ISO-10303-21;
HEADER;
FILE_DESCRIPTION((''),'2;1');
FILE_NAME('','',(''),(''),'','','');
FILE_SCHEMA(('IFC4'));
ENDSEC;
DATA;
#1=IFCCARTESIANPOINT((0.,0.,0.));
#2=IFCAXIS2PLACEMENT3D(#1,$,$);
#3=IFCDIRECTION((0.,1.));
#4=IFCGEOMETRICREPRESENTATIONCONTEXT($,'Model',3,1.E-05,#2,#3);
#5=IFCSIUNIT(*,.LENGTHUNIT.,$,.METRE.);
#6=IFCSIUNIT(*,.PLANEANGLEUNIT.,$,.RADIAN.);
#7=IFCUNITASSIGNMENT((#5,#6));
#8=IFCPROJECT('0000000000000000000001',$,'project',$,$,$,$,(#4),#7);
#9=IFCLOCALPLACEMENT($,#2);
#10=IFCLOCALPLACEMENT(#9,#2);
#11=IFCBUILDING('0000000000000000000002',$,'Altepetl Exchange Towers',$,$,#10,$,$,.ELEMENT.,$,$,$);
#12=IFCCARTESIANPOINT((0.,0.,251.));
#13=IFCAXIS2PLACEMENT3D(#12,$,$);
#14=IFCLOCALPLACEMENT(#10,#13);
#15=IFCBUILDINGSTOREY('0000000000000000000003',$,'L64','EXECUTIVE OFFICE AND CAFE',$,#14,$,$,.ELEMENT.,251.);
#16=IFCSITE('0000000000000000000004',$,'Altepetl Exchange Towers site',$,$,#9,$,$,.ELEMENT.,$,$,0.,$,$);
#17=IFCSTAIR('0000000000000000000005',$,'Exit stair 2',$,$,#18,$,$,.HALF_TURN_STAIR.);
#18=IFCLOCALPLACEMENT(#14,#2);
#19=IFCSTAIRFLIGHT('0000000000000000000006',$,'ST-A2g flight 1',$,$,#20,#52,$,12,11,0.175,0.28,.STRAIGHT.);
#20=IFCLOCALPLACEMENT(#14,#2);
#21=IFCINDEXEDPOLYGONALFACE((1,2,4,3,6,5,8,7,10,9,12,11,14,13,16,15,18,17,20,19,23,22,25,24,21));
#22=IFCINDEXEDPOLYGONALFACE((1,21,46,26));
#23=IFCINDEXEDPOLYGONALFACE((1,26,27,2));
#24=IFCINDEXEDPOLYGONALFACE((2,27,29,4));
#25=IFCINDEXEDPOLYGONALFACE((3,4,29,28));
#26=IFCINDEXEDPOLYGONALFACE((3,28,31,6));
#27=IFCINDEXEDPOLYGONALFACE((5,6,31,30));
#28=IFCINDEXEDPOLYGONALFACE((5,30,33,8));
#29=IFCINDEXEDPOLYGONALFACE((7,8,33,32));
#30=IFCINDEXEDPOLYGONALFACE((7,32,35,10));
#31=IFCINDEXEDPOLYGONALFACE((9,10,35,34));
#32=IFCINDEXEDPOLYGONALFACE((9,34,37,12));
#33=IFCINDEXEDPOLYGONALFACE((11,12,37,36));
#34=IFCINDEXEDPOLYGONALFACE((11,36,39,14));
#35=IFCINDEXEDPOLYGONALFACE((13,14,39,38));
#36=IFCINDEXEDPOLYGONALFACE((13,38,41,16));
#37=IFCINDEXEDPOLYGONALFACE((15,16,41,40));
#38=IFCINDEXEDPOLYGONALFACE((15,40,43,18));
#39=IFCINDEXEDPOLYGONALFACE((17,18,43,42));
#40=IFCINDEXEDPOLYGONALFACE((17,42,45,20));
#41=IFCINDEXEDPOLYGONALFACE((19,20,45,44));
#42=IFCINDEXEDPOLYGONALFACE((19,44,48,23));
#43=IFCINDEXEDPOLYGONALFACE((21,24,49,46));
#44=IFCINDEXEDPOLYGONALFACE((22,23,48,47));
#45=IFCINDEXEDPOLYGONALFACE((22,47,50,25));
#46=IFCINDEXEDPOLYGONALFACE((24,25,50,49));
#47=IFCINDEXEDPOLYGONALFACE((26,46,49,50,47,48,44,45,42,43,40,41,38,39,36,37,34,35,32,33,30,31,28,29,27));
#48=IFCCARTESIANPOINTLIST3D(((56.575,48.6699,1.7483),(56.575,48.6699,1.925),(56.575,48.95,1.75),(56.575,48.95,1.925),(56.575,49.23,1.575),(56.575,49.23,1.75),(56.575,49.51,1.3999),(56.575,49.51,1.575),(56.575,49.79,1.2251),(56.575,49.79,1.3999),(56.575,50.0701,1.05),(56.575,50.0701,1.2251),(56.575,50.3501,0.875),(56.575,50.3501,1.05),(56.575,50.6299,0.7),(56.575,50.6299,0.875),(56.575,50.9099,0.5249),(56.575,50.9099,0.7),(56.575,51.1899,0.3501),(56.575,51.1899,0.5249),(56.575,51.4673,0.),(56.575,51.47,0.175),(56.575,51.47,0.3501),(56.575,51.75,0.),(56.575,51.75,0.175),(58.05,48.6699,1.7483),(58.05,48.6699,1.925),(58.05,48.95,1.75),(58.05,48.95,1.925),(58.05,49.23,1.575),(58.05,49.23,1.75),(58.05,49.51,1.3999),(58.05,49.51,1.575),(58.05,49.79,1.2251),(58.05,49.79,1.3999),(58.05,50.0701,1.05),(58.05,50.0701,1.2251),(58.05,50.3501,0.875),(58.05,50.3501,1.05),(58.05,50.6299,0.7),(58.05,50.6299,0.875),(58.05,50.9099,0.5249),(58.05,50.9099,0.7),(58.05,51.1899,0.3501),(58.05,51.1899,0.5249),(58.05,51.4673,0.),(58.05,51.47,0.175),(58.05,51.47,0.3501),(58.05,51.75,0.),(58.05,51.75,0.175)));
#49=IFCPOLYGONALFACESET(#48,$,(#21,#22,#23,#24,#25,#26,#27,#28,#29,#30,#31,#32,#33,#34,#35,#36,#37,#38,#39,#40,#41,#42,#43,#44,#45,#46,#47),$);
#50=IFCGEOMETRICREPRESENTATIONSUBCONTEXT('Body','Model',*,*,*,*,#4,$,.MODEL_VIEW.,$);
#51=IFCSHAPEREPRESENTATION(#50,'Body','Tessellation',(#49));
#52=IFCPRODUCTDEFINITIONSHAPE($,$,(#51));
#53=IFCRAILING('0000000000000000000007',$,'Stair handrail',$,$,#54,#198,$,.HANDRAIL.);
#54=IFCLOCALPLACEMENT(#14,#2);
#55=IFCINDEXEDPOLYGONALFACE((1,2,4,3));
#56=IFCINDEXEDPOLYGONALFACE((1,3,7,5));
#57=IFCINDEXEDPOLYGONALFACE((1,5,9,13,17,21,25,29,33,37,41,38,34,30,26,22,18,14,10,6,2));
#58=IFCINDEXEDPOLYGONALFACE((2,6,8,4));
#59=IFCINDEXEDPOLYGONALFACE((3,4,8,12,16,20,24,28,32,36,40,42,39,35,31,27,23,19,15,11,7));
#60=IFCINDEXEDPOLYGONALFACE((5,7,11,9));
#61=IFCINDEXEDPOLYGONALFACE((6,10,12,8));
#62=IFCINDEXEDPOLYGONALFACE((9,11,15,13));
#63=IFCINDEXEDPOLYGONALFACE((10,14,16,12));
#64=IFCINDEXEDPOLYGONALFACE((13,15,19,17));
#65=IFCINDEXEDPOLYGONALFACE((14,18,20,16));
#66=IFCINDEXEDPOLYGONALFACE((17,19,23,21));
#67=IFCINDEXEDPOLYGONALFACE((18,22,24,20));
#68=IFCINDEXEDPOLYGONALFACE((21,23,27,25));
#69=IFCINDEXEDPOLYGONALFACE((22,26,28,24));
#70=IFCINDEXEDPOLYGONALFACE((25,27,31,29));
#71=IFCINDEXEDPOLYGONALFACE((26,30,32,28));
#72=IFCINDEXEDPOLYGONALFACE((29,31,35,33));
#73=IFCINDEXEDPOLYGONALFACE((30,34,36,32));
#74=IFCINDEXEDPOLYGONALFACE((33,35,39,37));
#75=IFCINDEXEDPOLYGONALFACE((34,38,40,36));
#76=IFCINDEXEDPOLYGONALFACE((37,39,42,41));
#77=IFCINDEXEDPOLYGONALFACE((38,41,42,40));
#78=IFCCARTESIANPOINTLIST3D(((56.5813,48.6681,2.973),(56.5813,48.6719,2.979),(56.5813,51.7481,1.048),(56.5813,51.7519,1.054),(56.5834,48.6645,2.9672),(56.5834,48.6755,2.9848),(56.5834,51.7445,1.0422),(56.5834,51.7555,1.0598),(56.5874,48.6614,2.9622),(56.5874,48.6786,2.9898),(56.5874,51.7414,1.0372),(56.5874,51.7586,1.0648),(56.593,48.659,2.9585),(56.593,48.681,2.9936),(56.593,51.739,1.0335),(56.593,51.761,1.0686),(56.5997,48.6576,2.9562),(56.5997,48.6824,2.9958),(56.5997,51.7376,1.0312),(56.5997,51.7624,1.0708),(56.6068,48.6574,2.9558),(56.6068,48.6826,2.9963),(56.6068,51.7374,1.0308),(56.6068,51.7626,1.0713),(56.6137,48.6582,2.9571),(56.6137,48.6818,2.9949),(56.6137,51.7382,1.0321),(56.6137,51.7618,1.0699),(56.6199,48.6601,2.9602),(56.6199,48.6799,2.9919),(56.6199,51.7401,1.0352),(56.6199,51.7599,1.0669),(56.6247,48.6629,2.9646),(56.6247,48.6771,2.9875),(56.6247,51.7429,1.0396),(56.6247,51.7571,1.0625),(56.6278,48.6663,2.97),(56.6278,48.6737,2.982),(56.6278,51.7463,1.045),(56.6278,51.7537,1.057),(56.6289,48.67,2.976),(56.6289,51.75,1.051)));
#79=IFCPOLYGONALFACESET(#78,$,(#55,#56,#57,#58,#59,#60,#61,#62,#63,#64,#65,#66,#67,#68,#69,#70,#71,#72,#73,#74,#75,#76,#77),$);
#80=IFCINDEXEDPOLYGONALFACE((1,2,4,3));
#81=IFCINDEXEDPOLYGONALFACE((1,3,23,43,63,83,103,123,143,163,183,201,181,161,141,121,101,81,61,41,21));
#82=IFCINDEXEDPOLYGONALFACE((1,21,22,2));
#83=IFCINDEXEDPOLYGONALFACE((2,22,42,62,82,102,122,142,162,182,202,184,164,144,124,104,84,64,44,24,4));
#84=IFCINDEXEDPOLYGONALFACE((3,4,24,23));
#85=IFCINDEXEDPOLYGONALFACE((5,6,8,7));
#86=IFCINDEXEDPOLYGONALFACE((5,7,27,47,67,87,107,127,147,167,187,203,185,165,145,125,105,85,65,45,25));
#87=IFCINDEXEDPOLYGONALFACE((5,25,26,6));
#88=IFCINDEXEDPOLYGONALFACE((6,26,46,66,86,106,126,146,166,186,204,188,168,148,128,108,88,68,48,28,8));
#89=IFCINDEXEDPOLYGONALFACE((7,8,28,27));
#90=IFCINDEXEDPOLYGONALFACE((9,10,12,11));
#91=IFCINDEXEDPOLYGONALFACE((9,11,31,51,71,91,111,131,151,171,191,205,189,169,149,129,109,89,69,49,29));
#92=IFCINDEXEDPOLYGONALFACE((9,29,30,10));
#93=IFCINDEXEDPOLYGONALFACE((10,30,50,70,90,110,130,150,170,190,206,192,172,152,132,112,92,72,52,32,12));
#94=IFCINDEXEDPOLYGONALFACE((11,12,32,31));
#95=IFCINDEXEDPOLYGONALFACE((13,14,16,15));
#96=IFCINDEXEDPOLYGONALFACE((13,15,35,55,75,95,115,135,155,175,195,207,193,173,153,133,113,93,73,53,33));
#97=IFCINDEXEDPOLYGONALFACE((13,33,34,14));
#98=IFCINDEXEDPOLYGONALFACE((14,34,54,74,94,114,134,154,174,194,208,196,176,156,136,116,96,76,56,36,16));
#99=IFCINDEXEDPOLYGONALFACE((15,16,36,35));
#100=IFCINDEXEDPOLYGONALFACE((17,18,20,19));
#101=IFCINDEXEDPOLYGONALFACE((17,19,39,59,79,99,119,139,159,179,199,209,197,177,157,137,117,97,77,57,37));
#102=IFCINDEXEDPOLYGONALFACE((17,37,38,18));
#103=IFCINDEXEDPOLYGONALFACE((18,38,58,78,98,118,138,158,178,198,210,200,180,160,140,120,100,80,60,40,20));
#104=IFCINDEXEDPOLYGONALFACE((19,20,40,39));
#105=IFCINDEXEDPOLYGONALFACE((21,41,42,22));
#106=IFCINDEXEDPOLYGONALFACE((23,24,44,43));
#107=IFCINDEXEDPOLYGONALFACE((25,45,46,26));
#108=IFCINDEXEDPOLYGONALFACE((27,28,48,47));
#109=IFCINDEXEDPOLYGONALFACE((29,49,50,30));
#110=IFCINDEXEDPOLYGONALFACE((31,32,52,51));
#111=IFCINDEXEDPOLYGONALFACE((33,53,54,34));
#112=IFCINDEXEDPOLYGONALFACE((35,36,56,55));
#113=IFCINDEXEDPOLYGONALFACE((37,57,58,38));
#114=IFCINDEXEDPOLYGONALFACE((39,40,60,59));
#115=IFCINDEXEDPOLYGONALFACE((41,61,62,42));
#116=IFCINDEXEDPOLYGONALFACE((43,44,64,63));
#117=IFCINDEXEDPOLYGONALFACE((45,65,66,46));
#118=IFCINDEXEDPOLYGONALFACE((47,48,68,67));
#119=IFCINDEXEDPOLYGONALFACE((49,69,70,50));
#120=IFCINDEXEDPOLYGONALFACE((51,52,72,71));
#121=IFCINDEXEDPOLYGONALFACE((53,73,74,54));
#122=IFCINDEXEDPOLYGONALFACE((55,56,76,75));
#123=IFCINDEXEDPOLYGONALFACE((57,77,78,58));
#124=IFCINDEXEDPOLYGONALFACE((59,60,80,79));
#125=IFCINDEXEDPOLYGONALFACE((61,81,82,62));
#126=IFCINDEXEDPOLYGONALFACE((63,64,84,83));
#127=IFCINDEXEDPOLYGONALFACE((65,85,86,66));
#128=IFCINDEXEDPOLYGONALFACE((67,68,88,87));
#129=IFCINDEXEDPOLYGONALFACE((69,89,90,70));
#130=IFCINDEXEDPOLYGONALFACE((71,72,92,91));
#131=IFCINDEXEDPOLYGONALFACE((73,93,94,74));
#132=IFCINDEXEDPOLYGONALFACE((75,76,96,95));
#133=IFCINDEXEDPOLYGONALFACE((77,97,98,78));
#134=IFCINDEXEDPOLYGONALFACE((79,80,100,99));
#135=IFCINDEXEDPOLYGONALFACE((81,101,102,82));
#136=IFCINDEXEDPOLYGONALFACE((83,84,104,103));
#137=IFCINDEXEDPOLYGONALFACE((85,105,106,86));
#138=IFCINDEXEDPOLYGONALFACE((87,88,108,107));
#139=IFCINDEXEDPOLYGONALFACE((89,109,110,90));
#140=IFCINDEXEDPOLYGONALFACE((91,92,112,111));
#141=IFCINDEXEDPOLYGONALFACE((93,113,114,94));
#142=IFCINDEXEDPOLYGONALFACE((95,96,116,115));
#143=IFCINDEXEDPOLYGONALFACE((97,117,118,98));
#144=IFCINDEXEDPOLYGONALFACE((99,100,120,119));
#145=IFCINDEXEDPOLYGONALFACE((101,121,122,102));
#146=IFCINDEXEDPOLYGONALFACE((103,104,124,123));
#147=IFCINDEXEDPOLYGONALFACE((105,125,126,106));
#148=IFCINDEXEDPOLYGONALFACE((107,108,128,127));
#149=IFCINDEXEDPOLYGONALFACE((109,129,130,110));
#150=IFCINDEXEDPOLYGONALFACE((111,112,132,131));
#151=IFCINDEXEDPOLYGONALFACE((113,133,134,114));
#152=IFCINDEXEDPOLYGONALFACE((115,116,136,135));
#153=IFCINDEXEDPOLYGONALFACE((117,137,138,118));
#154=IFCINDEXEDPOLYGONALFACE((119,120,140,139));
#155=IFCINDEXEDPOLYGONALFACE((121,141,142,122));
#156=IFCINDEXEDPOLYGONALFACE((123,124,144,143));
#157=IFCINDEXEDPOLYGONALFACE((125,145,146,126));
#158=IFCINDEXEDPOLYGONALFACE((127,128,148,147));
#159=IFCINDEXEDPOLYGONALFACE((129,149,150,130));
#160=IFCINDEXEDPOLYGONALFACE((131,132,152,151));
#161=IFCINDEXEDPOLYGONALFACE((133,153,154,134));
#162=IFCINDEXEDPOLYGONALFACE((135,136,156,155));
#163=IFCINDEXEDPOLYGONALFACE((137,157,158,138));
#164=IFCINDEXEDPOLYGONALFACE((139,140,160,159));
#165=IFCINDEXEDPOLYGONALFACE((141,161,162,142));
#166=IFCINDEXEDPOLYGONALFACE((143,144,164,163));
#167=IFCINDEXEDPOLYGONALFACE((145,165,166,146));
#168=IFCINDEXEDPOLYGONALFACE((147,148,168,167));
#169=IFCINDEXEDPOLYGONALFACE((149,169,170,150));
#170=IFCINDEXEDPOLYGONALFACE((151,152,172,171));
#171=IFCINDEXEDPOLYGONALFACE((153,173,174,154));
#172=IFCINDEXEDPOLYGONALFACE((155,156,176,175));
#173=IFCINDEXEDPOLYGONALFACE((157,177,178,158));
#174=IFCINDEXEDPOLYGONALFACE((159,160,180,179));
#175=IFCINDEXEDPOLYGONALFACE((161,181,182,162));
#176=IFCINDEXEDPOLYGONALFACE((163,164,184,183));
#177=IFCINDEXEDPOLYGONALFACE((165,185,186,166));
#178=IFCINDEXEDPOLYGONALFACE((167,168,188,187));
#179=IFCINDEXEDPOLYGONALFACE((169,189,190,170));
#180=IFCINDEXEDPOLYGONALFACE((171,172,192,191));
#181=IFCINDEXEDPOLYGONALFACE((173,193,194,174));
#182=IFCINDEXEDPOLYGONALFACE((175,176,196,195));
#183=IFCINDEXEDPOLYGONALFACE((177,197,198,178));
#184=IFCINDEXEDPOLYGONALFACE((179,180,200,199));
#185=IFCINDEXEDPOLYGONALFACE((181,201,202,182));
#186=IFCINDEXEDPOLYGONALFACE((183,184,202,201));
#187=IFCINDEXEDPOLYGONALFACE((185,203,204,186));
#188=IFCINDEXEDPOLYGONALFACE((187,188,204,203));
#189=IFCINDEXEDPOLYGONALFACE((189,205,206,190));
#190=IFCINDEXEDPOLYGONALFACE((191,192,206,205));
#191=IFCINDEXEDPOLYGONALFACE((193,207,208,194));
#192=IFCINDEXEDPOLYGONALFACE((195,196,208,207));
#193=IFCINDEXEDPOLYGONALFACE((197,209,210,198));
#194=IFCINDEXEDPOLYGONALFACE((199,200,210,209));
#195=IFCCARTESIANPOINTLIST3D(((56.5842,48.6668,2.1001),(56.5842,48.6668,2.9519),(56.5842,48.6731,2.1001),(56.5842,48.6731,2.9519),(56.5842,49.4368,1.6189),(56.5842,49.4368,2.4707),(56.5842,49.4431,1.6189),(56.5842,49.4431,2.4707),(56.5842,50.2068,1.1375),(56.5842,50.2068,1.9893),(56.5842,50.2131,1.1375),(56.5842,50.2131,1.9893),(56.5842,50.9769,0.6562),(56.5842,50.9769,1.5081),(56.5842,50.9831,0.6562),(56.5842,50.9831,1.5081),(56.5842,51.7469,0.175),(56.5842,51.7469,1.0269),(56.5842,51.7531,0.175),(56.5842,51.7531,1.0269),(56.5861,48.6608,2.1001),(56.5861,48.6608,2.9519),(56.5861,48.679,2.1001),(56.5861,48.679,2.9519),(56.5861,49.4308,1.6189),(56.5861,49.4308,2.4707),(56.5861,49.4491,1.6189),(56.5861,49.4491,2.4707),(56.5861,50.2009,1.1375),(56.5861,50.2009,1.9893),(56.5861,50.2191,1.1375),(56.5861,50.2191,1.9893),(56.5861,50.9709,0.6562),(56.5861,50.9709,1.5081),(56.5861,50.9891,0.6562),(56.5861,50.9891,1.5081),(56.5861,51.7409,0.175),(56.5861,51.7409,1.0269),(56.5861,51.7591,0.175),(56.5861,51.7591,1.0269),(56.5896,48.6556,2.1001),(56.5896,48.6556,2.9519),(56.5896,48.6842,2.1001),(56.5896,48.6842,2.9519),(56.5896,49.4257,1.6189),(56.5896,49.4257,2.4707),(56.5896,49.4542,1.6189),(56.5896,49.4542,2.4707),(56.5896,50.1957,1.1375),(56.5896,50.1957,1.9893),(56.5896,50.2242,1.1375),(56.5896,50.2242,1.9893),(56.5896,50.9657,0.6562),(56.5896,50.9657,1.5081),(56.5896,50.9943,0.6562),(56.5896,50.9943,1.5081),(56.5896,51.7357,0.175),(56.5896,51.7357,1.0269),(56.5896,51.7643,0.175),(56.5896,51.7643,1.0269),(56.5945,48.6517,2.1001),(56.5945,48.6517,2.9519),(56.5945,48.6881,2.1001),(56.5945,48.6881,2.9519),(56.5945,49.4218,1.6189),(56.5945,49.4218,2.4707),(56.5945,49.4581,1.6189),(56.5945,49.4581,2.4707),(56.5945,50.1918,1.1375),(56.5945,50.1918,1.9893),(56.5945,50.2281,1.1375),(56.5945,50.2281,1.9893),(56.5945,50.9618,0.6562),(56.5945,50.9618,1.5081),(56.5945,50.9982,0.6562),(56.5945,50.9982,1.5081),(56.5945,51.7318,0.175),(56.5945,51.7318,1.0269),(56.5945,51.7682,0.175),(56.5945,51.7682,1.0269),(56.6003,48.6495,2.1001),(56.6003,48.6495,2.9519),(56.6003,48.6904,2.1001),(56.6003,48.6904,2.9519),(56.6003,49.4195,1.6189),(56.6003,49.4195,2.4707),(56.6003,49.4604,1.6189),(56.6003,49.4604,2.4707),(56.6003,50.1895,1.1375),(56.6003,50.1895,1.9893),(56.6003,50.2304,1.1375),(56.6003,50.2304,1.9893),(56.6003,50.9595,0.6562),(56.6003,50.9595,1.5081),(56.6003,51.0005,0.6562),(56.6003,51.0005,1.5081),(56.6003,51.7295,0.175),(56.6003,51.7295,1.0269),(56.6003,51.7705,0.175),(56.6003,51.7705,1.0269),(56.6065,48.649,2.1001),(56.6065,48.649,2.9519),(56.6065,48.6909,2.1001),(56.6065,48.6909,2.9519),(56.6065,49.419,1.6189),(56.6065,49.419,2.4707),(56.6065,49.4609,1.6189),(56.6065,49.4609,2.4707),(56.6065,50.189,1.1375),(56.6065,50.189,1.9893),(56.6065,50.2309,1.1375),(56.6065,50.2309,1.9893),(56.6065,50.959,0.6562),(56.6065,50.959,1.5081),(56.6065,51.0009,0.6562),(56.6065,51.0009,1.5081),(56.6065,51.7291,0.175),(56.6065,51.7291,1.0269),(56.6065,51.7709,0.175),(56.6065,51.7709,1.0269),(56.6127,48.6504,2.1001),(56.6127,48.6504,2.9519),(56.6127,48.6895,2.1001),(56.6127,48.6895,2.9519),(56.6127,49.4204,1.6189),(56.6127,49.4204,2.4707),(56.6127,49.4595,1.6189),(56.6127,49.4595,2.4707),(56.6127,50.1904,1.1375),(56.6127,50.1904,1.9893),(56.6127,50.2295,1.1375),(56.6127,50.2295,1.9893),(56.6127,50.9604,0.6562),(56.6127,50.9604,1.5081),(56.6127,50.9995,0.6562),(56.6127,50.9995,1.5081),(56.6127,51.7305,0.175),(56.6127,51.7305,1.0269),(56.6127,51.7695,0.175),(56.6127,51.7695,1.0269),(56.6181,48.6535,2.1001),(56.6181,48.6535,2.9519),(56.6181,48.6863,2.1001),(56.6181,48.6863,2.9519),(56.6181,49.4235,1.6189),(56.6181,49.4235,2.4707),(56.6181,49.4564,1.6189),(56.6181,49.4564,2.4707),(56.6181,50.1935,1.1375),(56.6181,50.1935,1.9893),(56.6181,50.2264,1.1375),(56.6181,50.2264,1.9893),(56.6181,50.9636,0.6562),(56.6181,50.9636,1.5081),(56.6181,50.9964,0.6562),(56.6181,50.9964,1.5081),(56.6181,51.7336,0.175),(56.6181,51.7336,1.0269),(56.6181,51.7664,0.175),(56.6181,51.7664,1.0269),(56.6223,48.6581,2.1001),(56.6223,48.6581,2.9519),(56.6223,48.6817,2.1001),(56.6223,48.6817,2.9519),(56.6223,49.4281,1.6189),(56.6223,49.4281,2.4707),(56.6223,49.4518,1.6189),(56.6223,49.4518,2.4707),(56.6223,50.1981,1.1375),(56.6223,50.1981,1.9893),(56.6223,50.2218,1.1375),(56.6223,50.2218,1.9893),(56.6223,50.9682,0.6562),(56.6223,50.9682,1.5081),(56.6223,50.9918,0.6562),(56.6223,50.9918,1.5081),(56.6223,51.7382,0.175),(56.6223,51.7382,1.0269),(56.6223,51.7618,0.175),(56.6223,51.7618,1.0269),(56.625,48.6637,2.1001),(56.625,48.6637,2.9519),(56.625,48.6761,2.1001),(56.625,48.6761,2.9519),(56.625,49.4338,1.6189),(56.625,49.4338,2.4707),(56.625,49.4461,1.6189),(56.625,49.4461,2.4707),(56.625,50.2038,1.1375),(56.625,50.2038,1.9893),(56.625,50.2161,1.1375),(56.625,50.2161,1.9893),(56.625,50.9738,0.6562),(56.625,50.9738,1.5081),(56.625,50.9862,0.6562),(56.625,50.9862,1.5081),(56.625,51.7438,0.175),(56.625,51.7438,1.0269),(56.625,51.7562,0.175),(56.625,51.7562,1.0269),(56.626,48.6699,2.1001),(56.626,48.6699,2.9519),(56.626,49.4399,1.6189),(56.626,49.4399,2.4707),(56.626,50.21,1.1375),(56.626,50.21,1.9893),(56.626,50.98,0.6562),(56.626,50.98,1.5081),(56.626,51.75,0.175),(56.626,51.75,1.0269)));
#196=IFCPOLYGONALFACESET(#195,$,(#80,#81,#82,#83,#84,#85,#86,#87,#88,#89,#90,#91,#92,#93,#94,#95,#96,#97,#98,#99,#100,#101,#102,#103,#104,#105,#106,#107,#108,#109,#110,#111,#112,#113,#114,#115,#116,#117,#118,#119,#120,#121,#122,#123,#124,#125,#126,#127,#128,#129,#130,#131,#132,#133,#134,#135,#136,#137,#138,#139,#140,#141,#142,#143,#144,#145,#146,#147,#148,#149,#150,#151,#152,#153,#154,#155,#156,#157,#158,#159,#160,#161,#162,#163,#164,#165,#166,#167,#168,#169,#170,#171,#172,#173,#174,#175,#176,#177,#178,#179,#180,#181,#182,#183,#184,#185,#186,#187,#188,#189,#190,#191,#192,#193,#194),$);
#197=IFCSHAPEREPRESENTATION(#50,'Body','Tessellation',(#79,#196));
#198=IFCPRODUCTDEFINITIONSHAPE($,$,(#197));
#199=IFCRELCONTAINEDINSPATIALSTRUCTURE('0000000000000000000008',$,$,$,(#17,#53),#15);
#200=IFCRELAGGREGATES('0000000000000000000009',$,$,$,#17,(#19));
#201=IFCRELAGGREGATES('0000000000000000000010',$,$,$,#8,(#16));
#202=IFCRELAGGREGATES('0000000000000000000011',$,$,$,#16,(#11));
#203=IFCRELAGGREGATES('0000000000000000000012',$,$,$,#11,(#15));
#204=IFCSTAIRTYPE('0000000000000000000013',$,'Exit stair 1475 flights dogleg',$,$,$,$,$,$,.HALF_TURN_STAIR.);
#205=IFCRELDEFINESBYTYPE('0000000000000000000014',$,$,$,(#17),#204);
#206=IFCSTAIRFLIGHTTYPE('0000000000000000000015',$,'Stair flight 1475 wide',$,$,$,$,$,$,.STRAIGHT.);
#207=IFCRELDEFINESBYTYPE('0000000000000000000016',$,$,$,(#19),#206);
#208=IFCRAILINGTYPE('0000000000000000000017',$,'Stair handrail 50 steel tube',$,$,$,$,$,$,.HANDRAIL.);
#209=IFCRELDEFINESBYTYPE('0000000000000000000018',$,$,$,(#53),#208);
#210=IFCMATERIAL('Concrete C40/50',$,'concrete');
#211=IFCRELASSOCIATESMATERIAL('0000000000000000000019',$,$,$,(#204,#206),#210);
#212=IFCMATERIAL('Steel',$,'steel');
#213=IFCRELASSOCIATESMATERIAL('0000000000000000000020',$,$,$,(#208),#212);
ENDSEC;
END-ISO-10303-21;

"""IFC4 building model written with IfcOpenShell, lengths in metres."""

from ifc_helpers import new_model, si_unit, direction, frame, origin, origin_2d, place, context, subcontext, project, spatial, polyline, circle, outline, extrude, source, transform, mapped, material, type_object, element, aggregate, save


model = new_model("IFC4")

# Units and contexts
model_context = context("Model", 3, precision=1e-05, world=origin(), true_north=direction((0.0, 1.0)))
body_context = subcontext(model_context, "Body", "Model", "MODEL_VIEW")
ifc_project = project(units=[si_unit("LENGTHUNIT", "METRE"), si_unit("PLANEANGLEUNIT", "RADIAN")], contexts=[model_context])

# Site, building, storey
site_placement = place(None, origin())
site = spatial("IfcSite", under=ifc_project, at=site_placement, Name="Altepetl Exchange Towers site", CompositionType="ELEMENT", RefElevation=0.0)
building_placement = place(site_placement, origin())
building = spatial("IfcBuilding", under=site, at=building_placement, Name="Altepetl Exchange Towers", CompositionType="ELEMENT")
storey_placement = place(building_placement, frame((0.0, 0.0, 251.0)))
storey = spatial("IfcBuildingStorey", under=building, at=storey_placement, Name="L64", Description="EXECUTIVE OFFICE AND CAFE", CompositionType="ELEMENT", Elevation=251.0)

# Shared definitions
ifc_material_1 = material(Name="Concrete C40/50", Category="concrete")

# Stair, stair flight
stair_type = type_object("IfcStairType", Name="Exit stair 1475 flights dogleg", PredefinedType="HALF_TURN_STAIR", material=ifc_material_1)
stair_placement = place(storey_placement, origin())
stair = element("IfcStair", 1, at=stair_placement, inside=storey, type_object=stair_type, Name="Exit stair 2", PredefinedType="HALF_TURN_STAIR")
stair_flight_type = type_object("IfcStairFlightType", Name="Stair flight 1475 wide", PredefinedType="STRAIGHT", material=ifc_material_1)
stair_flight_placement = place(storey_placement, frame((57.3125, 51.75, 0.0), z_axis=(0.0, 0.0, 1.0), x_axis=(0.0, -1.0, 0.0)))
stair_flight = element("IfcStairFlight", 2, at=stair_flight_placement, type_object=stair_flight_type, Name="ST-A2g flight 1", NumberOfRisers=12, NumberOfTreads=11, PredefinedType="STRAIGHT", RiserHeight=0.175, TreadLength=0.28, context=body_context, shape_type="SweptSolid", body=[
    extrude(outline(polyline([(0.0, 0.0), (0.0, 0.175), (0.28, 0.175), (0.28, 0.3501), (0.5601, 0.3501), (0.5601, 0.5249), (0.8401, 0.5249), (0.8401, 0.7), (1.1201, 0.7), (1.1201, 0.875), (1.3999, 0.875), (1.3999, 1.05), (1.6799, 1.05), (1.6799, 1.2251), (1.96, 1.2251), (1.96, 1.3999), (2.24, 1.3999), (2.24, 1.575), (2.52, 1.575), (2.52, 1.75), (2.8, 1.75), (2.8, 1.925), (3.0801, 1.925), (3.0801, 2.1001), (3.0801, 1.7483), (0.2827, 0.0), (0.0, 0.0)])), frame((0.0, 0.7375, 0.0), z_axis=(0.0, -1.0, 0.0), x_axis=(1.0, 0.0, 0.0)), (0.0, 0.0, 1.0), 1.4751),
])
aggregate(stair, [stair_flight])

# Railing
ifc_material_2 = material(Name="Steel", Category="steel")
railing_type = type_object("IfcRailingType", Name="Stair handrail 50 steel tube", PredefinedType="HANDRAIL", material=ifc_material_2)
shared_shape = source(origin(), body_context, "Body", "SweptSolid", [
    extrude(circle(Radius=0.021, at=origin_2d()), origin(), (0.0, 0.0, 1.0), 0.8518),
])
railing_placement = place(storey_placement, frame((56.605, 51.75, 0.175)))
element("IfcRailing", 3, at=railing_placement, inside=storey, type_object=railing_type, Name="Stair handrail", PredefinedType="HANDRAIL", context=body_context, shape_type="SweptSolid", body=[
    extrude(circle(Radius=0.0239, at=origin_2d()), frame((0.0, 0.0, 0.876), z_axis=(0.0, -0.847998, 0.529999), x_axis=(1.0, 0.0, 0.0)), (0.0, 0.0, 1.0), 3.6321),
    mapped(shared_shape, transform((0.0, 0.0, 0.0))),
    mapped(shared_shape, transform((0.0, -0.77, 0.4812))),
    mapped(shared_shape, transform((0.0, -1.54, 0.9624))),
    mapped(shared_shape, transform((0.0, -2.3101, 1.4438))),
    mapped(shared_shape, transform((0.0, -3.0801, 1.925))),
])

save(model, "model.ifc")
